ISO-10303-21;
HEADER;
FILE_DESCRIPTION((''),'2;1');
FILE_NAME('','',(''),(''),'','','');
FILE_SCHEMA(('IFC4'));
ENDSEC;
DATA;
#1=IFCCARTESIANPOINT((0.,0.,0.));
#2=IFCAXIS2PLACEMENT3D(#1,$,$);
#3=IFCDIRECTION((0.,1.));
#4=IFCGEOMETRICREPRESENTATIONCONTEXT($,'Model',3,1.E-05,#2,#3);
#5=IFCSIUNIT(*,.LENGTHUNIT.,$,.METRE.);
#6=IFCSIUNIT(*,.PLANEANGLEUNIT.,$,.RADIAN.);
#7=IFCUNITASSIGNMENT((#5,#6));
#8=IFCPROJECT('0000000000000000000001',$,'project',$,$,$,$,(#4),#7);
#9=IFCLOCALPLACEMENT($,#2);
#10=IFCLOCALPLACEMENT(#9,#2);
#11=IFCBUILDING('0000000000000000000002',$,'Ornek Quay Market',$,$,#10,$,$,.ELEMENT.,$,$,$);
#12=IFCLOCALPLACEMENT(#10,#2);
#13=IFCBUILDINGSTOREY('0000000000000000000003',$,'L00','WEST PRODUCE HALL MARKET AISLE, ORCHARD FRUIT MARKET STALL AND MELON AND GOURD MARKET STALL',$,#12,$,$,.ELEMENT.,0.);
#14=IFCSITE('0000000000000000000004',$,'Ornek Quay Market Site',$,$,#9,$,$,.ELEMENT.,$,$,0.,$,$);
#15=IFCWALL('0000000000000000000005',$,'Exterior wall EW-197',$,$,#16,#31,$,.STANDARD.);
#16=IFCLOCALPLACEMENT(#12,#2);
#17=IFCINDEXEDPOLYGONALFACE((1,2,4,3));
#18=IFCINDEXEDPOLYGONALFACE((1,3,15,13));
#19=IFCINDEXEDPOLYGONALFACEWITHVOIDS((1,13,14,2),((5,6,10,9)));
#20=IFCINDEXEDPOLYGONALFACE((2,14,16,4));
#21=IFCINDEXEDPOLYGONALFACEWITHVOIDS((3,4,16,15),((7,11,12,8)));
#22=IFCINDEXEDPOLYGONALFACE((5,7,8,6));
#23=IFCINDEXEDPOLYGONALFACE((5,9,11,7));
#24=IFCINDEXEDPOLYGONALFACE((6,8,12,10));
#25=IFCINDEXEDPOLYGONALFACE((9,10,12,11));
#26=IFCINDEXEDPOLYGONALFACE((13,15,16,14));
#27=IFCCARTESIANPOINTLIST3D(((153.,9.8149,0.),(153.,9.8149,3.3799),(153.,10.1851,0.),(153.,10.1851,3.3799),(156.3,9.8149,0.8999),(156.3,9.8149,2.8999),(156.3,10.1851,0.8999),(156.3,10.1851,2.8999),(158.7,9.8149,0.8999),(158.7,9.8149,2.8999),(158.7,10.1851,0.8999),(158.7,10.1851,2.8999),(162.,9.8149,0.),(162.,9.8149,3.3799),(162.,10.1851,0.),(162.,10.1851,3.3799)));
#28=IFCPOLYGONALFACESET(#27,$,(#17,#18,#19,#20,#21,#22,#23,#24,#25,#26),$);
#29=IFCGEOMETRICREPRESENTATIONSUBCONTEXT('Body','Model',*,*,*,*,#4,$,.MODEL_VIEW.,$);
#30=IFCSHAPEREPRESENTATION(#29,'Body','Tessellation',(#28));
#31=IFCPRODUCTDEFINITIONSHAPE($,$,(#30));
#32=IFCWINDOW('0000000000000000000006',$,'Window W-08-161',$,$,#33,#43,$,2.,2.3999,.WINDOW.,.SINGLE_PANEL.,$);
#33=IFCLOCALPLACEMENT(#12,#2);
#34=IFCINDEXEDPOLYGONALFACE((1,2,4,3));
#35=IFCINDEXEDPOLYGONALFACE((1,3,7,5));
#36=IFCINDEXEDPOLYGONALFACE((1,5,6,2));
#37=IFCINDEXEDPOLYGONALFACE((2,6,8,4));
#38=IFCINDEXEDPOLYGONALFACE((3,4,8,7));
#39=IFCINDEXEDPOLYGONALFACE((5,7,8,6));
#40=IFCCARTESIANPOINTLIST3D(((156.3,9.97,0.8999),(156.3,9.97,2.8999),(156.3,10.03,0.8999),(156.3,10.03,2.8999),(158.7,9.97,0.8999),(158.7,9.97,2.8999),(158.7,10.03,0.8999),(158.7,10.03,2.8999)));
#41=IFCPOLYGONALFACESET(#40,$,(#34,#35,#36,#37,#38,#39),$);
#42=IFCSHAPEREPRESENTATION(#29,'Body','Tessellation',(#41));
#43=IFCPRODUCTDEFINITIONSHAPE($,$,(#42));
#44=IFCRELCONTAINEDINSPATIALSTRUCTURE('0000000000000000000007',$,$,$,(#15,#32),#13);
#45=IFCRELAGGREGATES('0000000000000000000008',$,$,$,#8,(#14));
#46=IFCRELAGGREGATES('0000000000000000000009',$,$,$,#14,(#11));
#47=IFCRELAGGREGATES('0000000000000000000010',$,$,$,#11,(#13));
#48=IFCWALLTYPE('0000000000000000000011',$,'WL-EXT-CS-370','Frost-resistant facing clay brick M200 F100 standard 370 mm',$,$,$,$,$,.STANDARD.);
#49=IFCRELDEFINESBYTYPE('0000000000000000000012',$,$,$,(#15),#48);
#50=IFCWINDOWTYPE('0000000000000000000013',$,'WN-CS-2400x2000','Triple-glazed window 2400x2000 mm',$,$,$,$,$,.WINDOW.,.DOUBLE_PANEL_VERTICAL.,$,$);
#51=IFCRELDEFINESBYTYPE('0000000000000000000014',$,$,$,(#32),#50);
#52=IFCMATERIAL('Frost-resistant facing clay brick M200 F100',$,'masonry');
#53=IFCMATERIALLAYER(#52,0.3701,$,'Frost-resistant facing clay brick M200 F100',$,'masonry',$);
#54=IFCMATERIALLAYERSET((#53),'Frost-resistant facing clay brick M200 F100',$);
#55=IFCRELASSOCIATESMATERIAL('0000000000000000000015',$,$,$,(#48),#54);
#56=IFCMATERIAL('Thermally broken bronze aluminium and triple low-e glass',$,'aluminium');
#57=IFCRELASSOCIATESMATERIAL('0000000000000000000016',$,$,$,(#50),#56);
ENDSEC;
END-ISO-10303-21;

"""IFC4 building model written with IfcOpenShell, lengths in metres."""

from ifc_helpers import new_model, si_unit, direction, frame, frame_2d, origin, place, context, subcontext, project, spatial, rectangle, extrude, material, layer, layer_set, type_object, element, fill, save


model = new_model("IFC4")

# Units and contexts
model_context = context("Model", 3, precision=1e-05, world=origin(), true_north=direction((0.0, 1.0)))
body_context = subcontext(model_context, "Body", "Model", "MODEL_VIEW")
ifc_project = project(units=[si_unit("LENGTHUNIT", "METRE"), si_unit("PLANEANGLEUNIT", "RADIAN")], contexts=[model_context])

# Site, building, storey
site_placement = place(None, origin())
site = spatial("IfcSite", under=ifc_project, at=site_placement, Name="Ornek Quay Market Site", CompositionType="ELEMENT", RefElevation=0.0)
building_placement = place(site_placement, origin())
building = spatial("IfcBuilding", under=site, at=building_placement, Name="Ornek Quay Market", CompositionType="ELEMENT")
storey_placement = place(building_placement, origin())
storey = spatial("IfcBuildingStorey", under=building, at=storey_placement, Name="L00", Description="WEST PRODUCE HALL MARKET AISLE, ORCHARD FRUIT MARKET STALL AND MELON AND GOURD MARKET STALL", CompositionType="ELEMENT", Elevation=0.0)

# Shared definitions
ifc_material_1 = material(Name="Frost-resistant facing clay brick M200 F100", Category="masonry")
ifc_layer_1 = layer(ifc_material_1, 0.3701, Name="Frost-resistant facing clay brick M200 F100", Category="masonry")
ifc_layer_set_1 = layer_set([ifc_layer_1], Name="Frost-resistant facing clay brick M200 F100")
wall_type = type_object("IfcWallType", Name="WL-EXT-CS-370", Description="Frost-resistant facing clay brick M200 F100 standard 370 mm", PredefinedType="STANDARD", material=ifc_layer_set_1)

# Wall, opening, window
wall_1_placement = place(storey_placement, frame((153.0, 10.0, 0.0), z_axis=(0.0, 0.0, 1.0), x_axis=(1.0, 0.0, 0.0)))
wall_1 = element("IfcWall", 1, at=wall_1_placement, inside=storey, type_object=wall_type, Name="Exterior wall EW-197", PredefinedType="STANDARD", context=body_context, shape_type="SweptSolid", body=[
    extrude(rectangle(XDim=9.0, YDim=0.3701, at=frame_2d((4.5, 0.0))), origin(), (0.0, 0.0, 1.0), 3.3799),
])
opening_1_placement = place(wall_1_placement, frame((3.3, 0.0, 0.8999)))
opening_1 = element("IfcOpeningElement", 2, at=opening_1_placement, cuts=wall_1, PredefinedType="OPENING", context=body_context, shape_type="SweptSolid", body=[
    extrude(rectangle(XDim=2.3999, YDim=2.0, at=frame_2d((1.2, 1.0))), frame((0.0, 0.1951, 0.0), z_axis=(0.0, -1.0, 0.0), x_axis=(1.0, 0.0, 0.0)), (0.0, 0.0, 1.0), 0.3901),
])
ifc_material_2 = material(Name="Thermally broken bronze aluminium and triple low-e glass", Category="aluminium")
window_type = type_object("IfcWindowType", Name="WN-CS-2400x2000", Description="Triple-glazed window 2400x2000 mm", PartitioningType="DOUBLE_PANEL_VERTICAL", PredefinedType="WINDOW", material=ifc_material_2)
window_placement = place(opening_1_placement, origin())
window = element("IfcWindow", 3, at=window_placement, inside=storey, type_object=window_type, Name="Window W-08-161", OverallHeight=2.0, OverallWidth=2.3999, PartitioningType="SINGLE_PANEL", PredefinedType="WINDOW", context=body_context, shape_type="SweptSolid", body=[
    extrude(rectangle(XDim=2.3999, YDim=2.0, at=frame_2d((1.2, 1.0))), frame((0.0, 0.03, 0.0), z_axis=(0.0, -1.0, 0.0), x_axis=(1.0, 0.0, 0.0)), (0.0, 0.0, 1.0), 0.0601),
])
fill(opening_1, window)

save(model, "model.ifc")
